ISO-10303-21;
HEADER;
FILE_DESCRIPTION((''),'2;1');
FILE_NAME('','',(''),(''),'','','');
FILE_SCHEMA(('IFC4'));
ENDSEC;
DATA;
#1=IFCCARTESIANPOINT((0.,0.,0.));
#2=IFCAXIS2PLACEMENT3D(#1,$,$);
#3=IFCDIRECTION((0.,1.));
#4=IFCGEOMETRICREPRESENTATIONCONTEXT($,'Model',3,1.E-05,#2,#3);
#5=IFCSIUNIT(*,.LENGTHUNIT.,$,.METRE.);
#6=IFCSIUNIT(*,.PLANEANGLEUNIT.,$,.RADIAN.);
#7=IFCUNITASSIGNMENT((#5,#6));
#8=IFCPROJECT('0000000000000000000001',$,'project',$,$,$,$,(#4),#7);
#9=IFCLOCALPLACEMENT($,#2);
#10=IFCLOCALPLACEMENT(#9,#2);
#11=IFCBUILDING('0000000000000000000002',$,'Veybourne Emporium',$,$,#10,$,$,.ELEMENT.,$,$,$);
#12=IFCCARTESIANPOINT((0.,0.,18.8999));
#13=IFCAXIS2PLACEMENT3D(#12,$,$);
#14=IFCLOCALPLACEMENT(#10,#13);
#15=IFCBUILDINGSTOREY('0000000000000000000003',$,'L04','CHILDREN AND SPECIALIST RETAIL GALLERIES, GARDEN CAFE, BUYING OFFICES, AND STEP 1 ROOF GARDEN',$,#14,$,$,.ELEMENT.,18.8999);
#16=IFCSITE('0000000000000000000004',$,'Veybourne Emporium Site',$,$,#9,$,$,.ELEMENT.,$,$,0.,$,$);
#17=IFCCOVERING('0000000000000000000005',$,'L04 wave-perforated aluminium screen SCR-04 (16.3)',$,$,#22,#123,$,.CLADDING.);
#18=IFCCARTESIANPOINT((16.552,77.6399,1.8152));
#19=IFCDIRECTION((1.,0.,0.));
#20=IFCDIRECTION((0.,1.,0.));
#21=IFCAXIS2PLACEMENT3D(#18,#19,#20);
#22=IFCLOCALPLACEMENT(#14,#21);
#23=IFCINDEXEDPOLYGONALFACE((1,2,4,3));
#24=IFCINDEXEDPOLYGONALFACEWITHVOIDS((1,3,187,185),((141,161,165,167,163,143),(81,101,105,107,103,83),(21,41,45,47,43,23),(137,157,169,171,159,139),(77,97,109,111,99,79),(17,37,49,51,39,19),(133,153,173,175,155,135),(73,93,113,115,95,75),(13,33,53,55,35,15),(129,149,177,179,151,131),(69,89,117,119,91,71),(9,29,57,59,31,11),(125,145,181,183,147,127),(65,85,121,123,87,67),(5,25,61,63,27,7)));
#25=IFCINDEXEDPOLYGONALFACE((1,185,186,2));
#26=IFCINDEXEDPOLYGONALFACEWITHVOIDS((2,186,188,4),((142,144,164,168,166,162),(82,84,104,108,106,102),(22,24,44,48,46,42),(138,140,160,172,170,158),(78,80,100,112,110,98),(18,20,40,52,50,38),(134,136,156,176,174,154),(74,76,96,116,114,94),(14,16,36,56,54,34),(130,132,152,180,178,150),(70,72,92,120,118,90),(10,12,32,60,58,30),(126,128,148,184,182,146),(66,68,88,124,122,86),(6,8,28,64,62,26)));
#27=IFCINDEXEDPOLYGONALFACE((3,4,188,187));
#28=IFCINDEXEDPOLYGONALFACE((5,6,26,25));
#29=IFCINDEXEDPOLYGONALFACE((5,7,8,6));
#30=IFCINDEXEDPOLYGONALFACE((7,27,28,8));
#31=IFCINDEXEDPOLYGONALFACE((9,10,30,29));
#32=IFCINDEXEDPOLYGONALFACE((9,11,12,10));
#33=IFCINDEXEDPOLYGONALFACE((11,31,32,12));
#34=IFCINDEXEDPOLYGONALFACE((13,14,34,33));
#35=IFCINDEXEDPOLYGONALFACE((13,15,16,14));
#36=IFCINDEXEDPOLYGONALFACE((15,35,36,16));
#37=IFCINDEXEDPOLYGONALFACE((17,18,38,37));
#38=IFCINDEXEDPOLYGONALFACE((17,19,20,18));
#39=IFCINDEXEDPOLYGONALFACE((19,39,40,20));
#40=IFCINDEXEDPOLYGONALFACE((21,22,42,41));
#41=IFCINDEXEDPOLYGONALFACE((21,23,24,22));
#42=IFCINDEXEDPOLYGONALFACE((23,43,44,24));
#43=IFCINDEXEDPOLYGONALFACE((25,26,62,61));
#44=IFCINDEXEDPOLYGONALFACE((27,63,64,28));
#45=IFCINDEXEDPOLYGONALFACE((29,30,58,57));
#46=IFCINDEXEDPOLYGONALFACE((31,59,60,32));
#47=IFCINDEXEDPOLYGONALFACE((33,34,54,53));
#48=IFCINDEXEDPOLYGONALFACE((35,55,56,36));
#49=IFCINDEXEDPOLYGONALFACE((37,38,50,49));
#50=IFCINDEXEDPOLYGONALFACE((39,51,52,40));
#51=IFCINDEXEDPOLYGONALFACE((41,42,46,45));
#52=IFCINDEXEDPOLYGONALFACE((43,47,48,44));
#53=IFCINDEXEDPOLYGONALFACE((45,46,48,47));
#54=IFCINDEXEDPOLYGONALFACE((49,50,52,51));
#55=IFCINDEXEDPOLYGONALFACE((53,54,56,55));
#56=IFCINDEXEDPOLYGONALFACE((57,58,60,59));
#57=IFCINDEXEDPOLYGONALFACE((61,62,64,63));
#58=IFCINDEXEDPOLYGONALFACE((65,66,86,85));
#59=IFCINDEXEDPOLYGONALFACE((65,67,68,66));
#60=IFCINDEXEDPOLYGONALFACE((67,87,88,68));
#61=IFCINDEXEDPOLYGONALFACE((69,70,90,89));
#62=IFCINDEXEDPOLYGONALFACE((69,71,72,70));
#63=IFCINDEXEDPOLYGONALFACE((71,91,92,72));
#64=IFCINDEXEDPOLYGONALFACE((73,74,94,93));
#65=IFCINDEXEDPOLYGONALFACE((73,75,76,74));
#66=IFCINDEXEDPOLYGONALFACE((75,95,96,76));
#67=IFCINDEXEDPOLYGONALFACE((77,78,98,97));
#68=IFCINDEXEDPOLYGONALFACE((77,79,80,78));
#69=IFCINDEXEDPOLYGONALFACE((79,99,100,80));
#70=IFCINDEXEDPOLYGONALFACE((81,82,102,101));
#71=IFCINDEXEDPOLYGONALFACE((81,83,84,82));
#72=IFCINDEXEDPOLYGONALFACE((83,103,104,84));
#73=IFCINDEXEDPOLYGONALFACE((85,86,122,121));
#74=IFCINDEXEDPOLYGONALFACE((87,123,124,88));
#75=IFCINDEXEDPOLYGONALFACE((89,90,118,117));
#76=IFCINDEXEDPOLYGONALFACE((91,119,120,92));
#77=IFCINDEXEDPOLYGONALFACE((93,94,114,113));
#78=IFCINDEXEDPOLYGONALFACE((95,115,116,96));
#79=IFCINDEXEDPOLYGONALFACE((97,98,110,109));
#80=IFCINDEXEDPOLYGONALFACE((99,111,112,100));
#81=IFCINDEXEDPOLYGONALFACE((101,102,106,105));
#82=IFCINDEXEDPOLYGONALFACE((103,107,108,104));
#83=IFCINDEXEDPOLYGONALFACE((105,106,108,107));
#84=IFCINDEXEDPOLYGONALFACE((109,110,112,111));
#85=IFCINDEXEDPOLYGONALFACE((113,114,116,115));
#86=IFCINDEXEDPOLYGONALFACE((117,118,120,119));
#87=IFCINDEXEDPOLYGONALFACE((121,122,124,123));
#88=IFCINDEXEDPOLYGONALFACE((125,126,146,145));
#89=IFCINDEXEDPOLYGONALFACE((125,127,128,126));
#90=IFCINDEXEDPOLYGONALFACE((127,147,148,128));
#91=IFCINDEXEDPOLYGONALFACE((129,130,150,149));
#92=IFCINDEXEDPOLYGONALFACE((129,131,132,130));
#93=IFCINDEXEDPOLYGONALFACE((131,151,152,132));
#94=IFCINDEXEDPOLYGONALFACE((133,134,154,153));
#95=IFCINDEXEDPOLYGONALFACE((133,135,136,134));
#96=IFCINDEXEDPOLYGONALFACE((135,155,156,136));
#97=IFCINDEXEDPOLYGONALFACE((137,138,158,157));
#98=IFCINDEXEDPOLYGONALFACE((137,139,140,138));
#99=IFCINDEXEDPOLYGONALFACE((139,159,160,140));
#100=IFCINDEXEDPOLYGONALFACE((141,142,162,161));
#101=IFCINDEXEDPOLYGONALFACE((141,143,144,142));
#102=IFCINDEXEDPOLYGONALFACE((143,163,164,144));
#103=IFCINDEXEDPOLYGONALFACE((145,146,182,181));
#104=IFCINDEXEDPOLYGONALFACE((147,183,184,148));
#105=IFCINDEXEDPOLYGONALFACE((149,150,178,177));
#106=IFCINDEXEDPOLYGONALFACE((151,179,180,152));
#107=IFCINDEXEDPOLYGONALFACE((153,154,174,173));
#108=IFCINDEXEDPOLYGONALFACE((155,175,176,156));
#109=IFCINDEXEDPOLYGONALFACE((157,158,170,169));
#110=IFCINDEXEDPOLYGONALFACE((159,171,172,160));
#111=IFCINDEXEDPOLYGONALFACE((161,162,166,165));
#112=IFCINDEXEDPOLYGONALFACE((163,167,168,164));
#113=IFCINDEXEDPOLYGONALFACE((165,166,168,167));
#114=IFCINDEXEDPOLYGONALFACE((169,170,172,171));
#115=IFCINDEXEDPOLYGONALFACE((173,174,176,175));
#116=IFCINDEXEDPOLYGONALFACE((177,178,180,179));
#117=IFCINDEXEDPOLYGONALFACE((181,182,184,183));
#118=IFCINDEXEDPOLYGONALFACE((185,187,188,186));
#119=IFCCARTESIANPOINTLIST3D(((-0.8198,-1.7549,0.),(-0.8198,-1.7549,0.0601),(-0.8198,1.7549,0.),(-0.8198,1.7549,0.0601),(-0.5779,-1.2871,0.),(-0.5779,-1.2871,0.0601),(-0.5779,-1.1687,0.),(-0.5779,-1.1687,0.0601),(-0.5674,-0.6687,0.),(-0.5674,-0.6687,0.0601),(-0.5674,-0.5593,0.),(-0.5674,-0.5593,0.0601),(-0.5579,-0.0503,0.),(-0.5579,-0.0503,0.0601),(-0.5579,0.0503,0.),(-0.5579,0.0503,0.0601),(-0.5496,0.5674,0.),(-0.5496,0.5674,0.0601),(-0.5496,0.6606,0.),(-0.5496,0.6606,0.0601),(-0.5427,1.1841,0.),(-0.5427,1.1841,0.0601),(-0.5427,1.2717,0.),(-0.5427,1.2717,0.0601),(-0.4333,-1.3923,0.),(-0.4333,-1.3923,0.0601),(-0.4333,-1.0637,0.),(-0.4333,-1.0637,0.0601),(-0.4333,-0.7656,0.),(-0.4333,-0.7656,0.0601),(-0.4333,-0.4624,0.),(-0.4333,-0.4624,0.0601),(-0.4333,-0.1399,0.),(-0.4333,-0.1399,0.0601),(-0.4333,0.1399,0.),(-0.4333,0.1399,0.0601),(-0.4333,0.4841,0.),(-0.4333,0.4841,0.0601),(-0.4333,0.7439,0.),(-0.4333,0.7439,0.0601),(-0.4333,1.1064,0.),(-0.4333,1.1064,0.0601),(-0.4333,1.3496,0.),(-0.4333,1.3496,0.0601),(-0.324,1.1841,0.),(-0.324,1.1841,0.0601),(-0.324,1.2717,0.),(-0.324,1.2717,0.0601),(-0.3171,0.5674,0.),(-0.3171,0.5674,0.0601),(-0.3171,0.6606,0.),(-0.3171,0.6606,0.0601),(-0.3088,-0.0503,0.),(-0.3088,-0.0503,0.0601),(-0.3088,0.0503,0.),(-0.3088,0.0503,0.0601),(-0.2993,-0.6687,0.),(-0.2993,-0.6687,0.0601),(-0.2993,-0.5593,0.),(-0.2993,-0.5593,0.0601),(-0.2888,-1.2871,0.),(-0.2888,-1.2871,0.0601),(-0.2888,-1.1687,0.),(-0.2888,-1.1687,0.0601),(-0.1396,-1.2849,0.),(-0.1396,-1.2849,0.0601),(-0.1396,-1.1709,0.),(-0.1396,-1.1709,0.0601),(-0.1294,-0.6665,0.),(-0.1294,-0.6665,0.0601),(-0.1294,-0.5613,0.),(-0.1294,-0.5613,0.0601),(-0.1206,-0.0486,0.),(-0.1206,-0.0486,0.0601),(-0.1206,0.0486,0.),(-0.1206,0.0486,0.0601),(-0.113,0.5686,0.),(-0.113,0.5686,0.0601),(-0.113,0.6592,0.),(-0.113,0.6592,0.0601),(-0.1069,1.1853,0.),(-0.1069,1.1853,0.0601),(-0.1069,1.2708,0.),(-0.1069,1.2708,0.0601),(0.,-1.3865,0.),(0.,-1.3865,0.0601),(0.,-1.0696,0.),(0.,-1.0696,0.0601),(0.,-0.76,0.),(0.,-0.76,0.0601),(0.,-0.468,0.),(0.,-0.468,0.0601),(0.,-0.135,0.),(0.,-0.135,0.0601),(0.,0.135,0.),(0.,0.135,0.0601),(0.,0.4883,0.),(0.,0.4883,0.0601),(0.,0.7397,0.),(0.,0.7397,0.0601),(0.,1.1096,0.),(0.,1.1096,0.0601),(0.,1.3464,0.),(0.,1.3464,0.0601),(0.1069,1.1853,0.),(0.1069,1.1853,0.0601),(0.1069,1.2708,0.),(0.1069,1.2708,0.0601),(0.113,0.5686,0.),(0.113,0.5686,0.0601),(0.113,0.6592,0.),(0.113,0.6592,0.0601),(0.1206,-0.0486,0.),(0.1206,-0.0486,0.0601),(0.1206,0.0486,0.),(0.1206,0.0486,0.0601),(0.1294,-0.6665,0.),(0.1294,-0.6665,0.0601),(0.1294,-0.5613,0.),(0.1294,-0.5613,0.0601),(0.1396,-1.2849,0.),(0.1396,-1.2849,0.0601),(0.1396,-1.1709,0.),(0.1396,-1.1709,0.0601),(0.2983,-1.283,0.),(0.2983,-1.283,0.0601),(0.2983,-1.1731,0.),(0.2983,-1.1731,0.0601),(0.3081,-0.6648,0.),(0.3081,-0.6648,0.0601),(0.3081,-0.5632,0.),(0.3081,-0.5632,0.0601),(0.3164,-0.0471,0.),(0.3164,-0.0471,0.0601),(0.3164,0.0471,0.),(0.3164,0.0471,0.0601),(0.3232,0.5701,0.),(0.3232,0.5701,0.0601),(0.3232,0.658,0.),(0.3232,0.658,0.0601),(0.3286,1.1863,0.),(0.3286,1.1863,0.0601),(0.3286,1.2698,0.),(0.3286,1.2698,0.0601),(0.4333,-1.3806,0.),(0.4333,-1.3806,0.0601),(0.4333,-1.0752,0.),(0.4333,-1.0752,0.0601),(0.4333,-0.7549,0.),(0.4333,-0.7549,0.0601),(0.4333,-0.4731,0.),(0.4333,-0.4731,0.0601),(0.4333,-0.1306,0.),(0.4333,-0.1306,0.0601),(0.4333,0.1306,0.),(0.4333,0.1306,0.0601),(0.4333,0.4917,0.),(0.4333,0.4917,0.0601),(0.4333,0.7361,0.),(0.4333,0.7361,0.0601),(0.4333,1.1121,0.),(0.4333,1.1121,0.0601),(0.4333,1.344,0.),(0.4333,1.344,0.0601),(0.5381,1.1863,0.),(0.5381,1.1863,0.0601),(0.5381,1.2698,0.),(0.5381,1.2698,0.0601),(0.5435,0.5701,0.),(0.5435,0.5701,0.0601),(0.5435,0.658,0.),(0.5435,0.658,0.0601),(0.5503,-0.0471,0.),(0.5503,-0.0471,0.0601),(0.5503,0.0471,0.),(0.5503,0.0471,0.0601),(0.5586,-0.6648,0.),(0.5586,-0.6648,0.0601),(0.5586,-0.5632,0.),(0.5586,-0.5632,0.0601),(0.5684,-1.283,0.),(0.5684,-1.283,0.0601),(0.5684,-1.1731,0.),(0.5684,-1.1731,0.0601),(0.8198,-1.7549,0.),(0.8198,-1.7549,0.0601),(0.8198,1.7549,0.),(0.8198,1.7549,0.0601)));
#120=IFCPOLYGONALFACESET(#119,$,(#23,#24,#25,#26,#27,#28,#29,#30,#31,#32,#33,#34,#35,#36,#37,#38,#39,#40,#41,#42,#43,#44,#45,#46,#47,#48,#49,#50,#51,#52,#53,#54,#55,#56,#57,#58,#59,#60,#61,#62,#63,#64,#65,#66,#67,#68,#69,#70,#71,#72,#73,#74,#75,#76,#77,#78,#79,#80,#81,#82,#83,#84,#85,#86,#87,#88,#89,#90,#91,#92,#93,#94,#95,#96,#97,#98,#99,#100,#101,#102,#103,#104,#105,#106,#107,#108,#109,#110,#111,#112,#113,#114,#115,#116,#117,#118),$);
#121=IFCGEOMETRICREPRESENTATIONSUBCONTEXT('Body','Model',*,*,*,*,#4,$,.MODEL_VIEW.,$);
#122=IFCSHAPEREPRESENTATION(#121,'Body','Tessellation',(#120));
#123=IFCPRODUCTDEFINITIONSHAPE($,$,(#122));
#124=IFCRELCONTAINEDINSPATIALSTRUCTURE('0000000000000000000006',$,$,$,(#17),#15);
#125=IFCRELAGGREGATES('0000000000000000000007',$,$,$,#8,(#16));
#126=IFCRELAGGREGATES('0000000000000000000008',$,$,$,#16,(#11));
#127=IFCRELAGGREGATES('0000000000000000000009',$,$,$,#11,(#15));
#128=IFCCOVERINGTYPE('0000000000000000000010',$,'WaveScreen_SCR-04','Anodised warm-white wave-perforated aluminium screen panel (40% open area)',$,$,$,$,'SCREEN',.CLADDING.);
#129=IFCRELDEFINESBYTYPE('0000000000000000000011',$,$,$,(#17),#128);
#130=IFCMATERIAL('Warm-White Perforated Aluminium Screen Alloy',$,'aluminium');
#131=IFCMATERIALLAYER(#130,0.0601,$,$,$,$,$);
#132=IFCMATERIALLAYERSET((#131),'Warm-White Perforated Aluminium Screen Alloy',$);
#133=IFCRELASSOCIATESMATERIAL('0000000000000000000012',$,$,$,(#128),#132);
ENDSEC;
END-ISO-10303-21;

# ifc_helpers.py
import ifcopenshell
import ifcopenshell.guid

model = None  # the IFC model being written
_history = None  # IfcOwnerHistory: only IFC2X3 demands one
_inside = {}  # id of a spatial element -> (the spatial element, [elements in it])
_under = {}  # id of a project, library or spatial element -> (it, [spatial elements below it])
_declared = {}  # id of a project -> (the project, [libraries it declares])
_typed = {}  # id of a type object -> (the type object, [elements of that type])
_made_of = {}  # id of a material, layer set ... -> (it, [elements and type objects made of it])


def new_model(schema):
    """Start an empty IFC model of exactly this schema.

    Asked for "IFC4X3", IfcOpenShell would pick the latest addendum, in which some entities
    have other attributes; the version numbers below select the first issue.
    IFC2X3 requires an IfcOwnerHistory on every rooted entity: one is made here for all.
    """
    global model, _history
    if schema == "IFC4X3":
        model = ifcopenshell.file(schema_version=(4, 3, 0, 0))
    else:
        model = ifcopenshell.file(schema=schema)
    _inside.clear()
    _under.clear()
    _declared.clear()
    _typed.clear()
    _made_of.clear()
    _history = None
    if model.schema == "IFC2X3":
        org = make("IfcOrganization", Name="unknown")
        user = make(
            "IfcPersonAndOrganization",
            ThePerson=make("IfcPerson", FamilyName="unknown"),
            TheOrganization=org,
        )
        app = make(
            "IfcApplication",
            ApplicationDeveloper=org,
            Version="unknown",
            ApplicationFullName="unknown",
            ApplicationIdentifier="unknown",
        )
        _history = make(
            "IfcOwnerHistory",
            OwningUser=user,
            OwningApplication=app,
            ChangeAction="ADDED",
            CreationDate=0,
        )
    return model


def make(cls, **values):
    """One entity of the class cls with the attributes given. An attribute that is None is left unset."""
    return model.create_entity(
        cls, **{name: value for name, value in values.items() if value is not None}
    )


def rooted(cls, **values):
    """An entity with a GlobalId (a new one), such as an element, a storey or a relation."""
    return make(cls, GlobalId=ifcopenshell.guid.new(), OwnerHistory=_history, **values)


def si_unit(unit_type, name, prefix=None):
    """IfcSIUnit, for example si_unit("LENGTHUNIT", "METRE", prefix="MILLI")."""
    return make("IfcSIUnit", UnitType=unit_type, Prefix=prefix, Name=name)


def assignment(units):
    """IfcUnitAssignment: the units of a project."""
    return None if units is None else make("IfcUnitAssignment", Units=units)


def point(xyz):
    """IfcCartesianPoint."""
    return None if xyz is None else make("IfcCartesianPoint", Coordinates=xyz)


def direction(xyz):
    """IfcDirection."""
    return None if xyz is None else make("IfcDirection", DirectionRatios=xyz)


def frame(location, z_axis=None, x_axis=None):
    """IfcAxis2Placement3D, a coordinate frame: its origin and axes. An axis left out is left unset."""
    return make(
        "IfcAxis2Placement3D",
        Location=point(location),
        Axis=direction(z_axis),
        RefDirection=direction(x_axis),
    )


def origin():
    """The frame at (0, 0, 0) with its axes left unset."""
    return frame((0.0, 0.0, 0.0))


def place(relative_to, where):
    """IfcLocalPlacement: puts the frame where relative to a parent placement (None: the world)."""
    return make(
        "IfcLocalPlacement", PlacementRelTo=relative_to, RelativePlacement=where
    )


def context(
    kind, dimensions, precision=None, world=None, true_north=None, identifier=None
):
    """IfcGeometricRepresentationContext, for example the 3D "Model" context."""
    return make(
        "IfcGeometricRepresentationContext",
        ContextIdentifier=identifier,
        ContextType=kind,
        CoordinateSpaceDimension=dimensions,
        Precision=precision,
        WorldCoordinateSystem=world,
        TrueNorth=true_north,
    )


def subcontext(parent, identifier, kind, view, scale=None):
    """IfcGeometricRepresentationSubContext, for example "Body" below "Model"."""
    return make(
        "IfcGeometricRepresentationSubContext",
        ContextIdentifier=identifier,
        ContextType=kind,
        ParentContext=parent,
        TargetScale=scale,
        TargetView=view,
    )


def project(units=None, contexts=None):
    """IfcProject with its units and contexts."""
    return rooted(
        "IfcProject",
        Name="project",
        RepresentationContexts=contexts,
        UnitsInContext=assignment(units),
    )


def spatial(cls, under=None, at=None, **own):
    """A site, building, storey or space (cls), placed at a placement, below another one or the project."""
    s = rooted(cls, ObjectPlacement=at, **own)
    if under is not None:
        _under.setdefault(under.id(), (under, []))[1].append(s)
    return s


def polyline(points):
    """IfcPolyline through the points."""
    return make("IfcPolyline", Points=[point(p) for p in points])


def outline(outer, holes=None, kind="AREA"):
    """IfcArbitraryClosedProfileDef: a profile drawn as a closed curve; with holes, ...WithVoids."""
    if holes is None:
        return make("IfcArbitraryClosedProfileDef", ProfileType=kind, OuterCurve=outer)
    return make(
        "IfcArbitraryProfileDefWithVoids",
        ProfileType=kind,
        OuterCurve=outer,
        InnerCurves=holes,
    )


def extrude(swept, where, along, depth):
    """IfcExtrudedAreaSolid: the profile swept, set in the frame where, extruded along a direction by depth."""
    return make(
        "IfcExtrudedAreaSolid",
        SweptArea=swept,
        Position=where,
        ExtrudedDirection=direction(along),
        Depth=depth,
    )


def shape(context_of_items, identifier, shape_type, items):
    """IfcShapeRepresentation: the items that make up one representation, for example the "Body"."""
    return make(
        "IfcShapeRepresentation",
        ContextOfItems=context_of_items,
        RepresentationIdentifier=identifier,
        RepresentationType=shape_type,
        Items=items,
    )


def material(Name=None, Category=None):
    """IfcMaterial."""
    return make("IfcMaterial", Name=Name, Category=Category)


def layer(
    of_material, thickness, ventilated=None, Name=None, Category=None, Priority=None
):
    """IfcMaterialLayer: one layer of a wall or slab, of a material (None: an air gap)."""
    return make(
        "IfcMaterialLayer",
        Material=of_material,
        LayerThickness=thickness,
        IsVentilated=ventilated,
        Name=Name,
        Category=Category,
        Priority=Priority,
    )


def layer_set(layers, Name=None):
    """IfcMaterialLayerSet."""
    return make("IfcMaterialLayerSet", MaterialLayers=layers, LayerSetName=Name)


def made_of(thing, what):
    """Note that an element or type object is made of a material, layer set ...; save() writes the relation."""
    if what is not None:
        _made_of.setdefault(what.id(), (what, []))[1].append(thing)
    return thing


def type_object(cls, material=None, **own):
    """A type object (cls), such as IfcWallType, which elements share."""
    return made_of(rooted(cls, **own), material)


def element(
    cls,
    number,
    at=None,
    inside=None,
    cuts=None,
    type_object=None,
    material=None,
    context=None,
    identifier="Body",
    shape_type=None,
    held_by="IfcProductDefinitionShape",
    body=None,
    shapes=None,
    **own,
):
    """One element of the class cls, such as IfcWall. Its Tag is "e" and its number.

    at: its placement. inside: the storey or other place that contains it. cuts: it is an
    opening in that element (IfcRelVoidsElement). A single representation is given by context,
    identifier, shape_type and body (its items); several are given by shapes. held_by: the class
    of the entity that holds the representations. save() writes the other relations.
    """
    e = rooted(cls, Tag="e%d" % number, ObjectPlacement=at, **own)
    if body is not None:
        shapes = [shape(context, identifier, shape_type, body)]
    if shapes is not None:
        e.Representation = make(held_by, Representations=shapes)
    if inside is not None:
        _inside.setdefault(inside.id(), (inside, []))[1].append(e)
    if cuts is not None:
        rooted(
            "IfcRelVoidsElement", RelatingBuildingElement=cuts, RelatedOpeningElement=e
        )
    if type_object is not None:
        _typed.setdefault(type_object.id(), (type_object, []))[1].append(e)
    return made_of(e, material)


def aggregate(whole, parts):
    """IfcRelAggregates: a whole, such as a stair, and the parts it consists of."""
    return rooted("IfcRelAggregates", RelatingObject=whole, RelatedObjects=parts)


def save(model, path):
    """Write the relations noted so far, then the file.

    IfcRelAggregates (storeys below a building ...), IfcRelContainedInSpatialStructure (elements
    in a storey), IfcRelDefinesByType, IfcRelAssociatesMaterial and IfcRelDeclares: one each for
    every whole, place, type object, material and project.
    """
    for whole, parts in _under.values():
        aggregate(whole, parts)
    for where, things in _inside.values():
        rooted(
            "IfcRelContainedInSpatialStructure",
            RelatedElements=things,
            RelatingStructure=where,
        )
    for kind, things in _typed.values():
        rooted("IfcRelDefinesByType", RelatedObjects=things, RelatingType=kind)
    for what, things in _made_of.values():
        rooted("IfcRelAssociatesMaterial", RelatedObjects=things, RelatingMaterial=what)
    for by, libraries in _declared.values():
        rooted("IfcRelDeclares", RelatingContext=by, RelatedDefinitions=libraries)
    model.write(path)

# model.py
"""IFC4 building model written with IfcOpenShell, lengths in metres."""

from ifc_helpers import new_model, si_unit, direction, frame, origin, place, context, subcontext, project, spatial, polyline, outline, extrude, material, layer, layer_set, type_object, element, save


model = new_model("IFC4")

# Units and contexts
model_context = context("Model", 3, precision=1e-05, world=origin(), true_north=direction((0.0, 1.0)))
body_context = subcontext(model_context, "Body", "Model", "MODEL_VIEW")
ifc_project = project(units=[si_unit("LENGTHUNIT", "METRE"), si_unit("PLANEANGLEUNIT", "RADIAN")], contexts=[model_context])

# Site, building, storey
site_placement = place(None, origin())
site = spatial("IfcSite", under=ifc_project, at=site_placement, Name="Veybourne Emporium Site", CompositionType="ELEMENT", RefElevation=0.0)
building_placement = place(site_placement, origin())
building = spatial("IfcBuilding", under=site, at=building_placement, Name="Veybourne Emporium", CompositionType="ELEMENT")
storey_placement = place(building_placement, frame((0.0, 0.0, 18.8999)))
storey = spatial("IfcBuildingStorey", under=building, at=storey_placement, Name="L04", Description="CHILDREN AND SPECIALIST RETAIL GALLERIES, GARDEN CAFE, BUYING OFFICES, AND STEP 1 ROOF GARDEN", CompositionType="ELEMENT", Elevation=18.8999)

# Covering
ifc_material_1 = material(Name="Warm-White Perforated Aluminium Screen Alloy", Category="aluminium")
ifc_layer_1 = layer(ifc_material_1, 0.0601)
ifc_layer_set_1 = layer_set([ifc_layer_1], Name="Warm-White Perforated Aluminium Screen Alloy")
covering_type_1 = type_object("IfcCoveringType", Name="WaveScreen_SCR-04", Description="Anodised warm-white wave-perforated aluminium screen panel (40% open area)", ElementType="SCREEN", PredefinedType="CLADDING", material=ifc_layer_set_1)
covering_1_placement = place(storey_placement, frame((16.552, 77.6399, 1.8152), z_axis=(1.0, 0.0, 0.0), x_axis=(0.0, 1.0, 0.0)))
element("IfcCovering", 1, at=covering_1_placement, inside=storey, type_object=covering_type_1, Name="L04 wave-perforated aluminium screen SCR-04 (16.3)", PredefinedType="CLADDING", context=body_context, shape_type="SweptSolid", body=[
    extrude(outline(polyline([(-0.8198, -1.7549), (0.8198, -1.7549), (0.8198, 1.7549), (-0.8198, 1.7549), (-0.8198, -1.7549)]), holes=[polyline([(-0.4333, -1.0637), (-0.2888, -1.1687), (-0.2888, -1.2871), (-0.4333, -1.3923), (-0.5779, -1.2871), (-0.5779, -1.1687), (-0.4333, -1.0637)]), polyline([(-0.4333, -0.4624), (-0.2993, -0.5593), (-0.2993, -0.6687), (-0.4333, -0.7656), (-0.5674, -0.6687), (-0.5674, -0.5593), (-0.4333, -0.4624)]), polyline([(-0.4333, 0.1399), (-0.3088, 0.0503), (-0.3088, -0.0503), (-0.4333, -0.1399), (-0.5579, -0.0503), (-0.5579, 0.0503), (-0.4333, 0.1399)]), polyline([(-0.4333, 0.7439), (-0.3171, 0.6606), (-0.3171, 0.5674), (-0.4333, 0.4841), (-0.5496, 0.5674), (-0.5496, 0.6606), (-0.4333, 0.7439)]), polyline([(-0.4333, 1.3496), (-0.324, 1.2717), (-0.324, 1.1841), (-0.4333, 1.1064), (-0.5427, 1.1841), (-0.5427, 1.2717), (-0.4333, 1.3496)]), polyline([(0.0, -1.0696), (0.1396, -1.1709), (0.1396, -1.2849), (0.0, -1.3865), (-0.1396, -1.2849), (-0.1396, -1.1709), (0.0, -1.0696)]), polyline([(0.0, -0.468), (0.1294, -0.5613), (0.1294, -0.6665), (0.0, -0.76), (-0.1294, -0.6665), (-0.1294, -0.5613), (0.0, -0.468)]), polyline([(0.0, 0.135), (0.1206, 0.0486), (0.1206, -0.0486), (0.0, -0.135), (-0.1206, -0.0486), (-0.1206, 0.0486), (0.0, 0.135)]), polyline([(0.0, 0.7397), (0.113, 0.6592), (0.113, 0.5686), (0.0, 0.4883), (-0.113, 0.5686), (-0.113, 0.6592), (0.0, 0.7397)]), polyline([(0.0, 1.3464), (0.1069, 1.2708), (0.1069, 1.1853), (0.0, 1.1096), (-0.1069, 1.1853), (-0.1069, 1.2708), (0.0, 1.3464)]), polyline([(0.4333, -1.0752), (0.5684, -1.1731), (0.5684, -1.283), (0.4333, -1.3806), (0.2983, -1.283), (0.2983, -1.1731), (0.4333, -1.0752)]), polyline([(0.4333, -0.4731), (0.5586, -0.5632), (0.5586, -0.6648), (0.4333, -0.7549), (0.3081, -0.6648), (0.3081, -0.5632), (0.4333, -0.4731)]), polyline([(0.4333, 0.1306), (0.5503, 0.0471), (0.5503, -0.0471), (0.4333, -0.1306), (0.3164, -0.0471), (0.3164, 0.0471), (0.4333, 0.1306)]), polyline([(0.4333, 0.7361), (0.5435, 0.658), (0.5435, 0.5701), (0.4333, 0.4917), (0.3232, 0.5701), (0.3232, 0.658), (0.4333, 0.7361)]), polyline([(0.4333, 1.344), (0.5381, 1.2698), (0.5381, 1.1863), (0.4333, 1.1121), (0.3286, 1.1863), (0.3286, 1.2698), (0.4333, 1.344)])]), origin(), (0.0, 0.0, 1.0), 0.0601),
])

save(model, "model.ifc")
